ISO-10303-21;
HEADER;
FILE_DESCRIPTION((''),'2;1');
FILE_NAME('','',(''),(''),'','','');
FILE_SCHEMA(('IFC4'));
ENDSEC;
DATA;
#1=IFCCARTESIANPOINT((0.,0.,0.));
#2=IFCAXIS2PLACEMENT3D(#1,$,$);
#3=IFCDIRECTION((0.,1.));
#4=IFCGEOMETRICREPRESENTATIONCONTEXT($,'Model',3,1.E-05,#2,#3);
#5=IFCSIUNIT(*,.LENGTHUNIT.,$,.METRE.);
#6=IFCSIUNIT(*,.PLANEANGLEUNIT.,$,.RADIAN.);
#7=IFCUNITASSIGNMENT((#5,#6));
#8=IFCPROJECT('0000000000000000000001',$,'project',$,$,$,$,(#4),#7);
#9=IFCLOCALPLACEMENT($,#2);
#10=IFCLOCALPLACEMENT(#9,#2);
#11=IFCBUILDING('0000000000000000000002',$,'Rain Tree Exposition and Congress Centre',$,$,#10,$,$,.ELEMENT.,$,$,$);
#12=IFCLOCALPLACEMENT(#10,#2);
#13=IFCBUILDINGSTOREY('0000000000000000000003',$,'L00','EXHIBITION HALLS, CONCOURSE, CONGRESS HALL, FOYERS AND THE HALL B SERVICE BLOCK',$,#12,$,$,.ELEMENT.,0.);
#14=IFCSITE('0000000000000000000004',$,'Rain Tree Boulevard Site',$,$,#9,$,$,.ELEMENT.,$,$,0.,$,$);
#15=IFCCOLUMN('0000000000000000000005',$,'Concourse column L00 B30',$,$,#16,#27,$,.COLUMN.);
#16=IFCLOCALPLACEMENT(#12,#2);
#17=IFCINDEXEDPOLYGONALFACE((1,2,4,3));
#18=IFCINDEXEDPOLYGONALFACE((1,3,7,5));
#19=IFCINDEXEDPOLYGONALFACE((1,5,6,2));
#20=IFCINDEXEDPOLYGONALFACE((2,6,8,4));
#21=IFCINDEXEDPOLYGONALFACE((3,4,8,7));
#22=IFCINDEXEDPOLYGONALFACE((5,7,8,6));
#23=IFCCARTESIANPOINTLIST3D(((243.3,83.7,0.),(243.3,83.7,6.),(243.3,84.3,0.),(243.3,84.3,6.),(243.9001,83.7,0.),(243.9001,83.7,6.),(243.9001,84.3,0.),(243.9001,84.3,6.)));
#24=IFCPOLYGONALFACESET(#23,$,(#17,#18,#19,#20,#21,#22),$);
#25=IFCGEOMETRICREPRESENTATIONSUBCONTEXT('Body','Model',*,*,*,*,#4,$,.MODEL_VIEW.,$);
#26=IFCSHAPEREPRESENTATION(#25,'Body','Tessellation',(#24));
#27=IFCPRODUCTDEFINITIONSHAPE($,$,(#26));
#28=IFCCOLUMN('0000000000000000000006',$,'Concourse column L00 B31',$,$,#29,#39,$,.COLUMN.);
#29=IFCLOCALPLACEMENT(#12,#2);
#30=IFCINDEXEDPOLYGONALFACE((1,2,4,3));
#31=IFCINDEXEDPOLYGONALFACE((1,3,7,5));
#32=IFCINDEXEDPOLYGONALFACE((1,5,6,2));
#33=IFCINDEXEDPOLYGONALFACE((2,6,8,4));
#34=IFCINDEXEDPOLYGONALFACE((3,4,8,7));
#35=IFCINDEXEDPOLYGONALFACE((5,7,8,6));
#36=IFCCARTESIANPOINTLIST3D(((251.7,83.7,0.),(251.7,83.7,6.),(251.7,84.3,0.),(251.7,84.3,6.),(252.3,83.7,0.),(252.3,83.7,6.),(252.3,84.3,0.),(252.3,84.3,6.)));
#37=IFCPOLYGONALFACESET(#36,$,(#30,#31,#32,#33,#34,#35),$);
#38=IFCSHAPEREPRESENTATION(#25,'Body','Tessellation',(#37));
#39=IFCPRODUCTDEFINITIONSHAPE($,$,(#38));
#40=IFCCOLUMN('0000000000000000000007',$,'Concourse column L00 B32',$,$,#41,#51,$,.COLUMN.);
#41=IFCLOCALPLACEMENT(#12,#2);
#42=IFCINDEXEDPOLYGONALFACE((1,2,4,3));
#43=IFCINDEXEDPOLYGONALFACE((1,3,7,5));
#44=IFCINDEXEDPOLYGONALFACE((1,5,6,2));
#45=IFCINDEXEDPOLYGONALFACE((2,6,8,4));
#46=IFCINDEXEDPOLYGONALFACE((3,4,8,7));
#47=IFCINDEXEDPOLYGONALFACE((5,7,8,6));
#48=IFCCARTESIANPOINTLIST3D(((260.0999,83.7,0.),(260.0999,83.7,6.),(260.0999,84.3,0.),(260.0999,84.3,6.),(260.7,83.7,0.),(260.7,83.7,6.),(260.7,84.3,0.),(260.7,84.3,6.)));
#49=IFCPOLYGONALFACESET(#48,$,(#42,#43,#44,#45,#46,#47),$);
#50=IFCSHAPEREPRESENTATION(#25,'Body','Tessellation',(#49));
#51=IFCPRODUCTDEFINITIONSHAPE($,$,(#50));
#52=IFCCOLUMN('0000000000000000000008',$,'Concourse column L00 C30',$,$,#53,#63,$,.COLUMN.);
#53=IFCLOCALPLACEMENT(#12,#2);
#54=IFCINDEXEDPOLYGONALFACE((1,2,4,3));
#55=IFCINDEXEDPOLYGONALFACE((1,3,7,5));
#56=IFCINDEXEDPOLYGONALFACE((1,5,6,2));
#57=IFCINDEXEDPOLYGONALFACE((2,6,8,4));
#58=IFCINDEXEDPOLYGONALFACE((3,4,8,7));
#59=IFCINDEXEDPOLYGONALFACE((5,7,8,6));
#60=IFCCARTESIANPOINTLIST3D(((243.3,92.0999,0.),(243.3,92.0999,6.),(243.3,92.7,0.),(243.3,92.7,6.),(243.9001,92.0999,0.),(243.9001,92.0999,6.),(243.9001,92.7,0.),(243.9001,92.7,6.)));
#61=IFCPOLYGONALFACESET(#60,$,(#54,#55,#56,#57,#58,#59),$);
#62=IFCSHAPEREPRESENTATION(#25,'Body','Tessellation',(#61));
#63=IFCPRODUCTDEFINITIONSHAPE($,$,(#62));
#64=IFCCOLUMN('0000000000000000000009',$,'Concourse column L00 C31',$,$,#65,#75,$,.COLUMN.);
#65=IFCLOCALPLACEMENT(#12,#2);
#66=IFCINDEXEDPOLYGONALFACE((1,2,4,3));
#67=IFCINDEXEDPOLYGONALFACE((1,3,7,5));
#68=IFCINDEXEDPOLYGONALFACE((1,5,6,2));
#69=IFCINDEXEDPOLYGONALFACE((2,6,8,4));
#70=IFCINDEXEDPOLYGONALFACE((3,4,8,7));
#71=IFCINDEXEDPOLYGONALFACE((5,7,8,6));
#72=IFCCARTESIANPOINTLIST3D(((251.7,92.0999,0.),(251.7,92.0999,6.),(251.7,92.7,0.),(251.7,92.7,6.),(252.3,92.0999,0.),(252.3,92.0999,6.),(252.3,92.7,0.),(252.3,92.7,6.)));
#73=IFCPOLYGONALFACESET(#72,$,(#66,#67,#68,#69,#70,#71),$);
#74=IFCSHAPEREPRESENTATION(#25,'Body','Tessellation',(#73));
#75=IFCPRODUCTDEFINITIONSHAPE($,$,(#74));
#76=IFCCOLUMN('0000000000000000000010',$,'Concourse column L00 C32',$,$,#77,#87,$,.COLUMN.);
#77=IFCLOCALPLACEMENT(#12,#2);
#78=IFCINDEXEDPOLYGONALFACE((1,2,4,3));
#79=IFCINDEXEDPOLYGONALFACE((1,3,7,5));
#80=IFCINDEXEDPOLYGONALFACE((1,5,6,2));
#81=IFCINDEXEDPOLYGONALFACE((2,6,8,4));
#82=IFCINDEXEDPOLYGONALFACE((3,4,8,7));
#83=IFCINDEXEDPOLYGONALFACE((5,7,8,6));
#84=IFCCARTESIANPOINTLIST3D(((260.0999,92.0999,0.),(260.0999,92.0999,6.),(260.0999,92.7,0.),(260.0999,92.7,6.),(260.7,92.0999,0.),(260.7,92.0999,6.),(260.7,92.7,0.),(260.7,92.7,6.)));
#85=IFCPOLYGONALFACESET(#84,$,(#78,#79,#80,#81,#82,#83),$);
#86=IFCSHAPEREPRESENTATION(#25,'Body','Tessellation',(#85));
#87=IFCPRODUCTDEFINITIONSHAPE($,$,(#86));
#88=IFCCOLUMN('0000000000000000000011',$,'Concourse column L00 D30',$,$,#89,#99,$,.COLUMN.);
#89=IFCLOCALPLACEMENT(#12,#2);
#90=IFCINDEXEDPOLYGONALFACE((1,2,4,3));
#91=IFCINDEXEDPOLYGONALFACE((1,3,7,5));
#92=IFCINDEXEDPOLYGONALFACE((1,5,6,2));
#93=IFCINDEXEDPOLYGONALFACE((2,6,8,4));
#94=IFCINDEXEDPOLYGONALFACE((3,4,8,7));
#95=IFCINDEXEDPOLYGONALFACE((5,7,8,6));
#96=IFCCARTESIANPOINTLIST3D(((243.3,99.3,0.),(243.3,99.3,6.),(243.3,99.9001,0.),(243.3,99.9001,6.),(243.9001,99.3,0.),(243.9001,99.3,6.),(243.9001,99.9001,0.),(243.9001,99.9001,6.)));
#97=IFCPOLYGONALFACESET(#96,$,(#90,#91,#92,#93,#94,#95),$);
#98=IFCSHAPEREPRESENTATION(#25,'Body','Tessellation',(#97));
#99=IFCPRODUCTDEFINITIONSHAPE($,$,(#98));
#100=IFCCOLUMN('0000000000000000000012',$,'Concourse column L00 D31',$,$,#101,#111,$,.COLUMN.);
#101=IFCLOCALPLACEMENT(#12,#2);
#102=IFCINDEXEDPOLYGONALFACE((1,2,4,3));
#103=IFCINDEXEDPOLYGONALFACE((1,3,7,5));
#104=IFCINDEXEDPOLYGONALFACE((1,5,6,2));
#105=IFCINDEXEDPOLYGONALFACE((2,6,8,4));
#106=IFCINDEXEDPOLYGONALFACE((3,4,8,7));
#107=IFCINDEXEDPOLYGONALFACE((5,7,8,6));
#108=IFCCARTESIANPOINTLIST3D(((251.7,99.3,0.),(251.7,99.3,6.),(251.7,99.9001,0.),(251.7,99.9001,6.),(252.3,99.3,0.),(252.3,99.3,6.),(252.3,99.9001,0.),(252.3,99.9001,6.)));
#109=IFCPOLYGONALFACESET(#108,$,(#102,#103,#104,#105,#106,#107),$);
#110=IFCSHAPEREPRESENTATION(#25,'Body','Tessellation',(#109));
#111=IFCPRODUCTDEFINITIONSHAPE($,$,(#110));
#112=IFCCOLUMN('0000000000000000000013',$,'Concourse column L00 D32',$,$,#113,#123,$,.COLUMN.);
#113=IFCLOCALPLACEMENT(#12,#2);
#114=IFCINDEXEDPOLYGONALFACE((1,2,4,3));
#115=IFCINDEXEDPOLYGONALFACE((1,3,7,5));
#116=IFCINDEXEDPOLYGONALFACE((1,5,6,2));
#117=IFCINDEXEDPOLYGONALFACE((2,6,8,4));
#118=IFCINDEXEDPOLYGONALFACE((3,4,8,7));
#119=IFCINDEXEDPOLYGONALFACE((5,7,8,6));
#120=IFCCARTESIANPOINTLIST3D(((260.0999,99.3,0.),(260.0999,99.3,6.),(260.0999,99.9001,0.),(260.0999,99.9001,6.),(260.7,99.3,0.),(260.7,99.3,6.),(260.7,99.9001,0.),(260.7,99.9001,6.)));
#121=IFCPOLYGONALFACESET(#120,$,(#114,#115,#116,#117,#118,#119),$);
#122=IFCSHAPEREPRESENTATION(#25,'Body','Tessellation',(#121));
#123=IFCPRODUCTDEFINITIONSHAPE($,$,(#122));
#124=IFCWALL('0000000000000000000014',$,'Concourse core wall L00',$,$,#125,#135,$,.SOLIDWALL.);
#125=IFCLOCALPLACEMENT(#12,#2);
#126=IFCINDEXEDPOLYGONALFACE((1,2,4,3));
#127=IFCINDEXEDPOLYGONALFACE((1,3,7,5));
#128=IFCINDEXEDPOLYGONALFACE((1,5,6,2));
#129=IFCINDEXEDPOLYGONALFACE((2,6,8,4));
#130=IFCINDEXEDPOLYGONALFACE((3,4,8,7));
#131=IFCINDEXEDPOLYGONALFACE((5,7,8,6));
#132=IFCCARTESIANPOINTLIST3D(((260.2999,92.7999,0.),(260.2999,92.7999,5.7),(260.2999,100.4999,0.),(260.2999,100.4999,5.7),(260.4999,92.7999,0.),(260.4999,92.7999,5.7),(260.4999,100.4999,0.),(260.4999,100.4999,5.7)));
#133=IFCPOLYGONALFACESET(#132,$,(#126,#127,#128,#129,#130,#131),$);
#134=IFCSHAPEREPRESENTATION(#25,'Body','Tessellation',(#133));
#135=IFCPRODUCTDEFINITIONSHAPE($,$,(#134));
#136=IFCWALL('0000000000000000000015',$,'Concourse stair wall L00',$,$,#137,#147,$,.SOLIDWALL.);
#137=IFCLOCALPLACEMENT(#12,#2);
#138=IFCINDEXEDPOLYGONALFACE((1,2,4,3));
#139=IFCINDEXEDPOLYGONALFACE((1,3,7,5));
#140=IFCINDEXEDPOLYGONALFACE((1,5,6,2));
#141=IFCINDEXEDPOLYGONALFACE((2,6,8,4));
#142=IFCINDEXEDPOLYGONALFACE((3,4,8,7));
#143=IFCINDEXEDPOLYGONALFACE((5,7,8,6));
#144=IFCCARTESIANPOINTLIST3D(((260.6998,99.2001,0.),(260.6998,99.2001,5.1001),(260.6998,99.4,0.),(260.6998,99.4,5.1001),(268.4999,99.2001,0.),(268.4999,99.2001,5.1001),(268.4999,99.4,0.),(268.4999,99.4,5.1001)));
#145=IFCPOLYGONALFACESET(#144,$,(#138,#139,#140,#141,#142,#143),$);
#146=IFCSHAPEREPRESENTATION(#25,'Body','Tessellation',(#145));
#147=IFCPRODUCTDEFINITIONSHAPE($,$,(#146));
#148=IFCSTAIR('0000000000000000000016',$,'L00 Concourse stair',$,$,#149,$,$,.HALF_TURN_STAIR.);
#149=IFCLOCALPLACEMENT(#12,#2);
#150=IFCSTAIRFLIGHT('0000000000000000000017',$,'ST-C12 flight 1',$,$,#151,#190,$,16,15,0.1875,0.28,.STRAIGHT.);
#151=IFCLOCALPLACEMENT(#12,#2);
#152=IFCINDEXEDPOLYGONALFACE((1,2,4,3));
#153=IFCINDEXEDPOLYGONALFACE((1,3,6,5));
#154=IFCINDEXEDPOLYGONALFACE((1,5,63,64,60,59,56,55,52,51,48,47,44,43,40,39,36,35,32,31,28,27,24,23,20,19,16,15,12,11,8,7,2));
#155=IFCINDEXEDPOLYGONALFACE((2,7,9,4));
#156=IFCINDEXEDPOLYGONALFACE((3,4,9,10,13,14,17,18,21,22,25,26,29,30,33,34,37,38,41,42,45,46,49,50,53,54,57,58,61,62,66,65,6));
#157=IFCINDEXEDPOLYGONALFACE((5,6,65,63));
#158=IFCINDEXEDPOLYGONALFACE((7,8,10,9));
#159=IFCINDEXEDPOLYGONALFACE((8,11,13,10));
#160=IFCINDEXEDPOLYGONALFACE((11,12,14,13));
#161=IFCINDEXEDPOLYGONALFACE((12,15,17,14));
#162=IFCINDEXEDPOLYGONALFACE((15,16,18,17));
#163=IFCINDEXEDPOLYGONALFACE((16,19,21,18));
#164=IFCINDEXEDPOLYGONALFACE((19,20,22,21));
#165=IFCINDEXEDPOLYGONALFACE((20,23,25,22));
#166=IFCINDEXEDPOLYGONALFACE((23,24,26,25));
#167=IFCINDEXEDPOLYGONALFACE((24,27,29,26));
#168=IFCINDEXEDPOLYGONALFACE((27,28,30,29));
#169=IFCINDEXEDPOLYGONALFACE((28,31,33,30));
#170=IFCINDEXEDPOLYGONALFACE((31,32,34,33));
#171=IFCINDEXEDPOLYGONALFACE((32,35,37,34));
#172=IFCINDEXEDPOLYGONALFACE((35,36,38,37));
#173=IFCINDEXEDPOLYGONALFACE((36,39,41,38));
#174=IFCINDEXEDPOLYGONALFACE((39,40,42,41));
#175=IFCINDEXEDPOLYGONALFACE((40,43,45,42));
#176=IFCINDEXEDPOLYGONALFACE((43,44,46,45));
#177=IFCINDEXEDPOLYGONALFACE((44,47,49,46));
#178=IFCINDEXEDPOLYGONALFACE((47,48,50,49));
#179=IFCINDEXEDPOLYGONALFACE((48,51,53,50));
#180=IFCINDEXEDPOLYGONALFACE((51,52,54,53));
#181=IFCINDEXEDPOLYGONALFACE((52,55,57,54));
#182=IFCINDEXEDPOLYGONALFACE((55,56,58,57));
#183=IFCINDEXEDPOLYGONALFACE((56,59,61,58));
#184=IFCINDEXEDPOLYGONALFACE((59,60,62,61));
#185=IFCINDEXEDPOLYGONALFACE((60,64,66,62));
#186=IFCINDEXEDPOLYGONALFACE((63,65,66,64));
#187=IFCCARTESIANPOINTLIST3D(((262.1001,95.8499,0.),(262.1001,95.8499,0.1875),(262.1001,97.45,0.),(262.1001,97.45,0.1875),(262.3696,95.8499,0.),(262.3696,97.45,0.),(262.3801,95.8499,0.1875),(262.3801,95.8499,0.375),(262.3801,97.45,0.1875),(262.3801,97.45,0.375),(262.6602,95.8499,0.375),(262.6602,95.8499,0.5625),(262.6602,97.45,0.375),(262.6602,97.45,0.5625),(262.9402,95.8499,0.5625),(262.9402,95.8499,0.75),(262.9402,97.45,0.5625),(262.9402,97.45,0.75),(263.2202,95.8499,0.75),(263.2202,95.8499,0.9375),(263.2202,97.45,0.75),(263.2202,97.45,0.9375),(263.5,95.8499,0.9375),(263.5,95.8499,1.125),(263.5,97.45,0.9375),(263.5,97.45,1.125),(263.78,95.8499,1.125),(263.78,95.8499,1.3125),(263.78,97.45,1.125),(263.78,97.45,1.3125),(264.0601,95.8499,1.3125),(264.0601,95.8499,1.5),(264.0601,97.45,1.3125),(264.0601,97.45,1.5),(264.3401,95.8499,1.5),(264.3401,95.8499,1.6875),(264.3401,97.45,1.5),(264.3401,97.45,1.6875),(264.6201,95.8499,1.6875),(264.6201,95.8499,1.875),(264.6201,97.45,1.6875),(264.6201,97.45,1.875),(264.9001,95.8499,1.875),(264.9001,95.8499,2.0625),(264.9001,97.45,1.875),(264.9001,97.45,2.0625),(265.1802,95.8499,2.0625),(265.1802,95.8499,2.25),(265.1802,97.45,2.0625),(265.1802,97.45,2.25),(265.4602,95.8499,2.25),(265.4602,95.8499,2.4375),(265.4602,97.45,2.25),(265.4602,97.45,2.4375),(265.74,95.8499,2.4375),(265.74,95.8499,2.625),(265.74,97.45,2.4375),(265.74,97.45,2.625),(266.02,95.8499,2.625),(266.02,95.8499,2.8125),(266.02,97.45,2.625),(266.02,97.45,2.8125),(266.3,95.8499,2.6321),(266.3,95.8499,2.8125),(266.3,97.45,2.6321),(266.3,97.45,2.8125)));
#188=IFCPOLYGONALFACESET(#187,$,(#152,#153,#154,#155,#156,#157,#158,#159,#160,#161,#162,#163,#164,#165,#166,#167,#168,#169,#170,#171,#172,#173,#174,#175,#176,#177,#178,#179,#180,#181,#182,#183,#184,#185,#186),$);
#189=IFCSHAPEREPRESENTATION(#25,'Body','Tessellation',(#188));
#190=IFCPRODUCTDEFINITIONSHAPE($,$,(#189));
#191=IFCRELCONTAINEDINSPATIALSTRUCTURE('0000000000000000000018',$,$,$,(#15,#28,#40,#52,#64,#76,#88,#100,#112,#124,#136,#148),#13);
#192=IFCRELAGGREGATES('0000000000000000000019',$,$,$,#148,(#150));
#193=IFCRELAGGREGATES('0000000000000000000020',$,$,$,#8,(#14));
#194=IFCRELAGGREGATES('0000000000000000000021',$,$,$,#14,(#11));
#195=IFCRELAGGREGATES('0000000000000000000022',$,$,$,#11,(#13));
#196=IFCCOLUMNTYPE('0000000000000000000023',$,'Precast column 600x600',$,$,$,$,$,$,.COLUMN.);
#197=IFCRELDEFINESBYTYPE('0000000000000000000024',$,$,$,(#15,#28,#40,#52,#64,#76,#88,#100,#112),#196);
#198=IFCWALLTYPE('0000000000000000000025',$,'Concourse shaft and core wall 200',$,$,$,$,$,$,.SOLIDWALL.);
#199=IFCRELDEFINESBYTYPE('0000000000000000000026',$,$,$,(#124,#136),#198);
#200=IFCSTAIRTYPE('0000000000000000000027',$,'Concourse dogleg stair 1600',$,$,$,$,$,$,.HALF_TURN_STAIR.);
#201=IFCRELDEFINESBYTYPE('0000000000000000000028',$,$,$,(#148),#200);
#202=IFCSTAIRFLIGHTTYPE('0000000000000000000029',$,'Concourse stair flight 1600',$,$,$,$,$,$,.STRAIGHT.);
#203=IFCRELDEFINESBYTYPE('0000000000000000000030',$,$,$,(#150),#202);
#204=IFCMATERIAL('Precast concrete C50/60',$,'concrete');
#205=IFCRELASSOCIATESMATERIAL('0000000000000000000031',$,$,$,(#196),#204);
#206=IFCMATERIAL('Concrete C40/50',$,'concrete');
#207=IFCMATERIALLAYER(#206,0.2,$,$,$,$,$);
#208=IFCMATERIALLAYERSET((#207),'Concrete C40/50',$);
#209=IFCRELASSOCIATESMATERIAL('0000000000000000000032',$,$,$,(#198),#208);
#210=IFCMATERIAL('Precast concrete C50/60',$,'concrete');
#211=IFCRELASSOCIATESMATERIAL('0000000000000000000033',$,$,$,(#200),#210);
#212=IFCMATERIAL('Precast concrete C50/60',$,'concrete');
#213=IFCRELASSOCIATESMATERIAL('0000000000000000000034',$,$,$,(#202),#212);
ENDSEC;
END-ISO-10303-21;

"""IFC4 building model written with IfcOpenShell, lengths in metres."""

from ifc_helpers import new_model, si_unit, direction, frame, frame_2d, origin, origin_2d, place, context, subcontext, project, spatial, polyline, rectangle, outline, extrude, material, layer, layer_set, material_profile, profile_set, type_object, element, aggregate, save


model = new_model("IFC4")

# Units and contexts
model_context = context("Model", 3, precision=1e-05, world=origin(), true_north=direction((0.0, 1.0)))
body_context = subcontext(model_context, "Body", "Model", "MODEL_VIEW")
ifc_project = project(units=[si_unit("LENGTHUNIT", "METRE"), si_unit("PLANEANGLEUNIT", "RADIAN")], contexts=[model_context])

# Site, building, storey
site_placement = place(None, origin())
site = spatial("IfcSite", under=ifc_project, at=site_placement, Name="Rain Tree Boulevard Site", CompositionType="ELEMENT", RefElevation=0.0)
building_placement = place(site_placement, origin())
building = spatial("IfcBuilding", under=site, at=building_placement, Name="Rain Tree Exposition and Congress Centre", CompositionType="ELEMENT")
storey_placement = place(building_placement, origin())
storey = spatial("IfcBuildingStorey", under=building, at=storey_placement, Name="L00", Description="EXHIBITION HALLS, CONCOURSE, CONGRESS HALL, FOYERS AND THE HALL B SERVICE BLOCK", CompositionType="ELEMENT", Elevation=0.0)

# Columns
ifc_material_1 = material(Name="Precast concrete C50/60", Category="concrete")
ifc_material_profile = material_profile(ifc_material_1, rectangle(XDim=0.6001, YDim=0.6001, at=origin_2d()), Name="RC 600x600")
ifc_profile_set = profile_set([ifc_material_profile], Name="Precast concrete C50/60")
column_type = type_object("IfcColumnType", Name="Precast column 600x600", PredefinedType="COLUMN", material=ifc_profile_set)
for number, where, z_axis, x_axis, name in (
    (1, (243.6001, 84.0, 0.0), (0.0, 0.0, 1.0), (1.0, 0.0, 0.0), "Concourse column L00 B30"),
    (2, (252.0, 84.0, 0.0), (0.0, 0.0, 1.0), (1.0, 0.0, 0.0), "Concourse column L00 B31"),
    (3, (260.3999, 84.0, 0.0), (0.0, 0.0, 1.0), (1.0, 0.0, 0.0), "Concourse column L00 B32"),
    (4, (243.6001, 92.3999, 0.0), (0.0, 0.0, 1.0), (1.0, 0.0, 0.0), "Concourse column L00 C30"),
    (5, (252.0, 92.3999, 0.0), (0.0, 0.0, 1.0), (1.0, 0.0, 0.0), "Concourse column L00 C31"),
    (6, (260.3999, 92.3999, 0.0), (0.0, 0.0, 1.0), (1.0, 0.0, 0.0), "Concourse column L00 C32"),
    (7, (243.6001, 99.6001, 0.0), (0.0, 0.0, 1.0), (1.0, 0.0, 0.0), "Concourse column L00 D30"),
    (8, (252.0, 99.6001, 0.0), (0.0, 0.0, 1.0), (1.0, 0.0, 0.0), "Concourse column L00 D31"),
    (9, (260.3999, 99.6001, 0.0), (0.0, 0.0, 1.0), (1.0, 0.0, 0.0), "Concourse column L00 D32"),
):
    element("IfcColumn", number, at=place(storey_placement, frame(where, z_axis=z_axis, x_axis=x_axis)), inside=storey, type_object=column_type, Name=name, PredefinedType="COLUMN", context=body_context, shape_type="SweptSolid", body=[
        extrude(rectangle(XDim=0.6001, YDim=0.6001, at=origin_2d()), origin(), (0.0, 0.0, 1.0), 6.0),
    ])

# Walls
ifc_material_2 = material(Name="Concrete C40/50", Category="concrete")
ifc_layer = layer(ifc_material_2, 0.2)
ifc_layer_set = layer_set([ifc_layer], Name="Concrete C40/50")
wall_type = type_object("IfcWallType", Name="Concourse shaft and core wall 200", PredefinedType="SOLIDWALL", material=ifc_layer_set)
wall_1_placement = place(storey_placement, frame((260.3999, 100.5, 0.0), z_axis=(0.0, 0.0, 1.0), x_axis=(0.0, -1.0, 0.0)))
element("IfcWall", 10, at=wall_1_placement, inside=storey, type_object=wall_type, Name="Concourse core wall L00", PredefinedType="SOLIDWALL", context=body_context, shape_type="SweptSolid", body=[
    extrude(rectangle(XDim=7.7, YDim=0.2, at=frame_2d((3.8501, 0.0))), origin(), (0.0, 0.0, 1.0), 5.7),
])
wall_2_placement = place(storey_placement, frame((260.7, 99.3, 0.0), z_axis=(0.0, 0.0, 1.0), x_axis=(1.0, 0.0, 0.0)))
element("IfcWall", 11, at=wall_2_placement, inside=storey, type_object=wall_type, Name="Concourse stair wall L00", PredefinedType="SOLIDWALL", context=body_context, shape_type="SweptSolid", body=[
    extrude(rectangle(XDim=7.8, YDim=0.2, at=frame_2d((3.8999, 0.0))), origin(), (0.0, 0.0, 1.0), 5.1001),
])

# Stair, stair flight
ifc_material_3 = material(Name="Precast concrete C50/60", Category="concrete")
stair_type = type_object("IfcStairType", Name="Concourse dogleg stair 1600", PredefinedType="HALF_TURN_STAIR", material=ifc_material_3)
stair_placement = place(storey_placement, origin())
stair = element("IfcStair", 12, at=stair_placement, inside=storey, type_object=stair_type, Name="L00 Concourse stair", PredefinedType="HALF_TURN_STAIR")
ifc_material_4 = material(Name="Precast concrete C50/60", Category="concrete")
stair_flight_type = type_object("IfcStairFlightType", Name="Concourse stair flight 1600", PredefinedType="STRAIGHT", material=ifc_material_4)
stair_flight_placement = place(storey_placement, frame((262.1001, 96.6499, 0.0), z_axis=(0.0, 0.0, 1.0), x_axis=(1.0, 0.0, 0.0)))
stair_flight = element("IfcStairFlight", 13, at=stair_flight_placement, type_object=stair_flight_type, Name="ST-C12 flight 1", NumberOfRisers=16, NumberOfTreads=15, PredefinedType="STRAIGHT", RiserHeight=0.1875, TreadLength=0.28, context=body_context, shape_type="SweptSolid", body=[
    extrude(outline(polyline([(0.0, 0.0), (0.0, 0.1875), (0.28, 0.1875), (0.28, 0.375), (0.5601, 0.375), (0.5601, 0.5625), (0.8401, 0.5625), (0.8401, 0.75), (1.1201, 0.75), (1.1201, 0.9375), (1.3999, 0.9375), (1.3999, 1.125), (1.6799, 1.125), (1.6799, 1.3125), (1.96, 1.3125), (1.96, 1.5), (2.24, 1.5), (2.24, 1.6875), (2.52, 1.6875), (2.52, 1.875), (2.8, 1.875), (2.8, 2.0625), (3.0801, 2.0625), (3.0801, 2.25), (3.3601, 2.25), (3.3601, 2.4375), (3.6399, 2.4375), (3.6399, 2.625), (3.9199, 2.625), (3.9199, 2.8125), (4.2, 2.8125), (4.2, 3.0), (4.2, 2.6321), (0.2695, 0.0), (0.0, 0.0)])), frame((0.0, 0.8, 0.0), z_axis=(0.0, -1.0, 0.0), x_axis=(1.0, 0.0, 0.0)), (0.0, 0.0, 1.0), 1.6001),
])
aggregate(stair, [stair_flight])

save(model, "model.ifc")
